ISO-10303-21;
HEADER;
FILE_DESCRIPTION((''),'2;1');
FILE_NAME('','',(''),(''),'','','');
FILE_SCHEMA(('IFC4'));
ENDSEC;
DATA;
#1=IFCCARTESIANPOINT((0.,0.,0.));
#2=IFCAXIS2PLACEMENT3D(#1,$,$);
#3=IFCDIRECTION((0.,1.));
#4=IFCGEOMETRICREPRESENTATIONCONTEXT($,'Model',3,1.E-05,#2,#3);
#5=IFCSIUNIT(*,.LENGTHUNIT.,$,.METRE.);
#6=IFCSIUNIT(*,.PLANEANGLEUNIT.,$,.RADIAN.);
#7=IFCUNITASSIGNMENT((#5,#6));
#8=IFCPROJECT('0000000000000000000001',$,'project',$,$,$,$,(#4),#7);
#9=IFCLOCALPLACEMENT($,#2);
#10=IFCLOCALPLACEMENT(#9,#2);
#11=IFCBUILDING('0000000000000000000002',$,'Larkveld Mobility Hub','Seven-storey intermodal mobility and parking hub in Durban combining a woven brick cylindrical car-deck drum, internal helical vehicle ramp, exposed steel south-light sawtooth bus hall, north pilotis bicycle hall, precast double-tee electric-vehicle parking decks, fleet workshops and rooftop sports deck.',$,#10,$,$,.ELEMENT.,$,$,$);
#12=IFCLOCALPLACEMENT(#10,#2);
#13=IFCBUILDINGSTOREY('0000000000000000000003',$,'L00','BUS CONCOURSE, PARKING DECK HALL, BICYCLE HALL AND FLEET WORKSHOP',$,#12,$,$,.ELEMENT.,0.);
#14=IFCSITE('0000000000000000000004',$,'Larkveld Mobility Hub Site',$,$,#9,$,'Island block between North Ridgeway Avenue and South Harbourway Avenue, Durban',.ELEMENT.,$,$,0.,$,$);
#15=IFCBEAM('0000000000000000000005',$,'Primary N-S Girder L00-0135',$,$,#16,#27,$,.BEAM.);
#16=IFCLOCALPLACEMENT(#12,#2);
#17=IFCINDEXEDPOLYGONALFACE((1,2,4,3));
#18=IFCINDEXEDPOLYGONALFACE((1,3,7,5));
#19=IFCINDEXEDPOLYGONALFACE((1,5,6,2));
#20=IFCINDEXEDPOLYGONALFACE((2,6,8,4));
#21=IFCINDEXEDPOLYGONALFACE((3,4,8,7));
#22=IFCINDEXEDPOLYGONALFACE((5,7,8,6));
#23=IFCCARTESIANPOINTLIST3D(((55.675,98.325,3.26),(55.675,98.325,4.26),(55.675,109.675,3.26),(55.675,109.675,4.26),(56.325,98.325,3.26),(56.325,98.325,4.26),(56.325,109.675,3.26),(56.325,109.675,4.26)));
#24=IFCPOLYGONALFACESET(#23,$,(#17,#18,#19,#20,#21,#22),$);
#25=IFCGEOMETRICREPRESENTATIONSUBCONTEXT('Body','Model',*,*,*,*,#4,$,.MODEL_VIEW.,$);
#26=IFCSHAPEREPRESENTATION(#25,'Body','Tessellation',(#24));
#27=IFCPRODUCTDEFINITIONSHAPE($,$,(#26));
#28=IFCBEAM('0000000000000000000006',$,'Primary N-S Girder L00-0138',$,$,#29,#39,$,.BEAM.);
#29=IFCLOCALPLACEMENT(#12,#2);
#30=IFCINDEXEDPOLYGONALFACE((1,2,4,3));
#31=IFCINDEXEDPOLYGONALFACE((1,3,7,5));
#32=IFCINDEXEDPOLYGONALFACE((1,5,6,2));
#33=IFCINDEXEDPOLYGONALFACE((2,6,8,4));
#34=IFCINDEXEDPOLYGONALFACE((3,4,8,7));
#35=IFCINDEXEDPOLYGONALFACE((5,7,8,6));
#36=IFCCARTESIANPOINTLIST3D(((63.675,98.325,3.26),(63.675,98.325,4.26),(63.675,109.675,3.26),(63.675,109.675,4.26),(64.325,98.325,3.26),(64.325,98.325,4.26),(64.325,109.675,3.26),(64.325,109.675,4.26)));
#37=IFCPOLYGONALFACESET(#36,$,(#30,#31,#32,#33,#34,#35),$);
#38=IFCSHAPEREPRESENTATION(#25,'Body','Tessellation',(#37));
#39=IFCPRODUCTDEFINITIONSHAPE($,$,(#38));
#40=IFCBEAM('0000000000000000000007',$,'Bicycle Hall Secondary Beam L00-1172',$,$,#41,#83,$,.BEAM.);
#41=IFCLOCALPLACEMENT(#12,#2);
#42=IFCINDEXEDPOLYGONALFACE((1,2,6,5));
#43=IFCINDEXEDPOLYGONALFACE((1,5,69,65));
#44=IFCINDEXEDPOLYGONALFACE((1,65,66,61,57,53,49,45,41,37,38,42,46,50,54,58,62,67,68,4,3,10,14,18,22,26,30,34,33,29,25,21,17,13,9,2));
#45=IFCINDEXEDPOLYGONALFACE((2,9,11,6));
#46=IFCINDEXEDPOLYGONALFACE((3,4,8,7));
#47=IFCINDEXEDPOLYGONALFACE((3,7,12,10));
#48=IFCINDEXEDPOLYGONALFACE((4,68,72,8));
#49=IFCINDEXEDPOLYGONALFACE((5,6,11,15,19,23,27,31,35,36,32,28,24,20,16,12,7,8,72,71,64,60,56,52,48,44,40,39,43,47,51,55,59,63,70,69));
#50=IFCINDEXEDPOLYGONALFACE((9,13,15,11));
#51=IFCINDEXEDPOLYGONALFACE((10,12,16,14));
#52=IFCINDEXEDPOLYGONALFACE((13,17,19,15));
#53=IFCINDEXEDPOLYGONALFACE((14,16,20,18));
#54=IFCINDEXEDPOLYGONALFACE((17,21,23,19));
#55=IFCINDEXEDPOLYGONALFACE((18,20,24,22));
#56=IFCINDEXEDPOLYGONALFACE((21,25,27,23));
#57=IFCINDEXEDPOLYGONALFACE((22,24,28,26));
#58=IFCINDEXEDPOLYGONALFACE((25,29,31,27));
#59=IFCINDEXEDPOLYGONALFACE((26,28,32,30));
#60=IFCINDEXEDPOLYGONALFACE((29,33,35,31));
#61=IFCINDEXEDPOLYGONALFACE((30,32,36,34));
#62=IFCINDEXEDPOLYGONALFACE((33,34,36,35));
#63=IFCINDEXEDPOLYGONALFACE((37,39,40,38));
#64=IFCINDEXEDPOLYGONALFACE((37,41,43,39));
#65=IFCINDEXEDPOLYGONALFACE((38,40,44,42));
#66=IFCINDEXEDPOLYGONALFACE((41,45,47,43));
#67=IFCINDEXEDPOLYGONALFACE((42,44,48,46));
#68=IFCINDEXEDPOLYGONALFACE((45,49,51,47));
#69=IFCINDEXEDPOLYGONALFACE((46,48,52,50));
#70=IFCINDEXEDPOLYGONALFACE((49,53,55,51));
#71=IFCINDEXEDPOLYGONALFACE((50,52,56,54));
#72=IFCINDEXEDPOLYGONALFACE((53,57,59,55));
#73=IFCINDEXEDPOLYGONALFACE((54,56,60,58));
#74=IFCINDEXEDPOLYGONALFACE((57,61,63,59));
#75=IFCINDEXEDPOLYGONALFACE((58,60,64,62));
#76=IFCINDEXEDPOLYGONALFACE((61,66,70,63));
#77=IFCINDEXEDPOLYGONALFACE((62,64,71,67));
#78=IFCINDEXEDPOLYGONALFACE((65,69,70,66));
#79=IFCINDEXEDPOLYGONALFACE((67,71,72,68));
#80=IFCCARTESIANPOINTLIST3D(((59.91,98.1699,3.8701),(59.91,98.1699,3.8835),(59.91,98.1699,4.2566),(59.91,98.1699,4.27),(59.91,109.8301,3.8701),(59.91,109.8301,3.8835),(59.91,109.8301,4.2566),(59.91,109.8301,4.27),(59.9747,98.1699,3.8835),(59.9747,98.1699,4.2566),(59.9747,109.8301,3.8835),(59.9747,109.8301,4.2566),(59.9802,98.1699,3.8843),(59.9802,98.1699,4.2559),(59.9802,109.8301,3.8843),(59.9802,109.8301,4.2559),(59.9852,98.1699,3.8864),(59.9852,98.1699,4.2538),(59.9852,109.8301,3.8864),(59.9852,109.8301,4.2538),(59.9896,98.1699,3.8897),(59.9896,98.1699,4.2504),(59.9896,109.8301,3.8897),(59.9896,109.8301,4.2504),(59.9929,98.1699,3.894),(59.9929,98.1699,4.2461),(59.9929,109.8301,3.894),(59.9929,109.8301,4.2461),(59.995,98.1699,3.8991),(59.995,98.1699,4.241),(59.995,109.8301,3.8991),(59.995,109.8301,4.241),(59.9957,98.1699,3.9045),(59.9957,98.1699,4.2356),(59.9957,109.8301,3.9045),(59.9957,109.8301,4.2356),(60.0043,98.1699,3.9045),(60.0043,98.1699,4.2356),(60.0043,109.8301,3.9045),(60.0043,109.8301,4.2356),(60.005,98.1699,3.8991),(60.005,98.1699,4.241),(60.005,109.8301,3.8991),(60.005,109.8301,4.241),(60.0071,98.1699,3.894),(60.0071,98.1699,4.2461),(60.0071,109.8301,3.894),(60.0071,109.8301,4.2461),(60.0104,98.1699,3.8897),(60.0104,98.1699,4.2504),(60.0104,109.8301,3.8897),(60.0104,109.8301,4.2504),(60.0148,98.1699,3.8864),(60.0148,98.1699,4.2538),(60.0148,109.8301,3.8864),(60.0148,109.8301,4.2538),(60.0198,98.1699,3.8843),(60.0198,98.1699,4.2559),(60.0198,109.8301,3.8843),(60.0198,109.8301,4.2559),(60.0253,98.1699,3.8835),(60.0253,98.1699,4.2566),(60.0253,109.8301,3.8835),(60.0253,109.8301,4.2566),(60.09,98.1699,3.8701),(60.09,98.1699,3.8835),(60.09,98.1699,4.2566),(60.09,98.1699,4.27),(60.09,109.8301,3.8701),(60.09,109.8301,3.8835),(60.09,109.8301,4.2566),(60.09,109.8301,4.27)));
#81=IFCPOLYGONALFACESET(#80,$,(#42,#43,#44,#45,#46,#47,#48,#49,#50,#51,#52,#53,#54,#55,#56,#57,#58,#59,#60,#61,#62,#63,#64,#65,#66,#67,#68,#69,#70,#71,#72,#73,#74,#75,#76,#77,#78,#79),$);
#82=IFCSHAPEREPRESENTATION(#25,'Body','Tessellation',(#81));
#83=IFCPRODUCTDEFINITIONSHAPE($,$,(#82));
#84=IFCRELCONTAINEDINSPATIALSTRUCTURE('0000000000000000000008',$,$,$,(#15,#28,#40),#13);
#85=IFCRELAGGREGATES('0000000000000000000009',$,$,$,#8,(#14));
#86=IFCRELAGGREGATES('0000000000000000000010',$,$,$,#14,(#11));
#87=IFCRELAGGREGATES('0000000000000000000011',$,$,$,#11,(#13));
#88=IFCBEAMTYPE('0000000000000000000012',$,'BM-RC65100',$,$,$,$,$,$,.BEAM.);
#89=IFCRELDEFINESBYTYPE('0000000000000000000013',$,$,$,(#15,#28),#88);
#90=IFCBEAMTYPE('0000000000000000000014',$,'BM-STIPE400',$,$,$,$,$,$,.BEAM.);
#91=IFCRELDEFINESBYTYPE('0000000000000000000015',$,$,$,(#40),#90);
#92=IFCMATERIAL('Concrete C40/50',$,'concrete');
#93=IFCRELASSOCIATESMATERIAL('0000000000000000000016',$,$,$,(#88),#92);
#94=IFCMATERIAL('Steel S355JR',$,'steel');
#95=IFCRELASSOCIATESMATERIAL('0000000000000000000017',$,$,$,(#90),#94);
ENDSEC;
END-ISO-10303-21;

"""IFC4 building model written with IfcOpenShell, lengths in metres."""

from ifc_helpers import new_model, si_unit, direction, frame, origin, origin_2d, place, context, subcontext, project, spatial, rectangle, i_section, extrude, material, material_profile, profile_set, type_object, element, save


model = new_model("IFC4")

# Units and contexts
model_context = context("Model", 3, precision=1e-05, world=origin(), true_north=direction((0.0, 1.0)))
body_context = subcontext(model_context, "Body", "Model", "MODEL_VIEW")
ifc_project = project(units=[si_unit("LENGTHUNIT", "METRE"), si_unit("PLANEANGLEUNIT", "RADIAN")], contexts=[model_context])

# Site, building, storey
site_placement = place(None, origin())
site = spatial("IfcSite", under=ifc_project, at=site_placement, Name="Larkveld Mobility Hub Site", LongName="Island block between North Ridgeway Avenue and South Harbourway Avenue, Durban", CompositionType="ELEMENT", RefElevation=0.0)
building_placement = place(site_placement, origin())
building = spatial("IfcBuilding", under=site, at=building_placement, Name="Larkveld Mobility Hub", Description="Seven-storey intermodal mobility and parking hub in Durban combining a woven brick cylindrical car-deck drum, internal helical vehicle ramp, exposed steel south-light sawtooth bus hall, north pilotis bicycle hall, precast double-tee electric-vehicle parking decks, fleet workshops and rooftop sports deck.", CompositionType="ELEMENT")
storey_placement = place(building_placement, origin())
storey = spatial("IfcBuildingStorey", under=building, at=storey_placement, Name="L00", Description="BUS CONCOURSE, PARKING DECK HALL, BICYCLE HALL AND FLEET WORKSHOP", CompositionType="ELEMENT", Elevation=0.0)

# Shared definitions
ifc_material_1 = material(Name="Concrete C40/50", Category="concrete")

# Beams
ifc_material_profile_1 = material_profile(ifc_material_1, rectangle(XDim=0.6499, YDim=1.0, at=origin_2d()), Name="RC BM 650x1000")
ifc_profile_set_1 = profile_set([ifc_material_profile_1], Name="Concrete C40/50")
beam_type_1 = type_object("IfcBeamType", Name="BM-RC65100", PredefinedType="BEAM", material=ifc_profile_set_1)
for number, where, z_axis, x_axis, name in (
    (1, (56.0, 98.325, 3.76), (0.0, 1.0, 0.0), (-1.0, 0.0, 0.0), "Primary N-S Girder L00-0135"),
    (2, (64.0, 98.325, 3.76), (0.0, 1.0, 0.0), (-1.0, 0.0, 0.0), "Primary N-S Girder L00-0138"),
):
    element("IfcBeam", number, at=place(storey_placement, frame(where, z_axis=z_axis, x_axis=x_axis)), inside=storey, type_object=beam_type_1, Name=name, PredefinedType="BEAM", context=body_context, shape_type="SweptSolid", body=[
        extrude(rectangle(XDim=0.6499, YDim=1.0, at=origin_2d()), origin(), (0.0, 0.0, 1.0), 11.3501),
    ])
ifc_material_2 = material(Name="Steel S355JR", Category="steel")
ifc_material_profile_2 = material_profile(ifc_material_2, i_section(OverallWidth=0.1799, OverallDepth=0.3999, WebThickness=0.0085, FlangeThickness=0.0134, FilletRadius=0.021, at=origin_2d()), Name="IPE 400")
ifc_profile_set_2 = profile_set([ifc_material_profile_2], Name="Steel S355JR")
beam_type_2 = type_object("IfcBeamType", Name="BM-STIPE400", PredefinedType="BEAM", material=ifc_profile_set_2)
beam_placement = place(storey_placement, frame((60.0, 98.1699, 4.0701), z_axis=(0.0, 1.0, 0.0), x_axis=(-1.0, 0.0, 0.0)))
element("IfcBeam", 3, at=beam_placement, inside=storey, type_object=beam_type_2, Name="Bicycle Hall Secondary Beam L00-1172", PredefinedType="BEAM", context=body_context, shape_type="SweptSolid", body=[
    extrude(i_section(OverallWidth=0.1799, OverallDepth=0.3999, WebThickness=0.0085, FlangeThickness=0.0134, FilletRadius=0.021, at=origin_2d()), origin(), (0.0, 0.0, 1.0), 11.6602),
])

save(model, "model.ifc")
